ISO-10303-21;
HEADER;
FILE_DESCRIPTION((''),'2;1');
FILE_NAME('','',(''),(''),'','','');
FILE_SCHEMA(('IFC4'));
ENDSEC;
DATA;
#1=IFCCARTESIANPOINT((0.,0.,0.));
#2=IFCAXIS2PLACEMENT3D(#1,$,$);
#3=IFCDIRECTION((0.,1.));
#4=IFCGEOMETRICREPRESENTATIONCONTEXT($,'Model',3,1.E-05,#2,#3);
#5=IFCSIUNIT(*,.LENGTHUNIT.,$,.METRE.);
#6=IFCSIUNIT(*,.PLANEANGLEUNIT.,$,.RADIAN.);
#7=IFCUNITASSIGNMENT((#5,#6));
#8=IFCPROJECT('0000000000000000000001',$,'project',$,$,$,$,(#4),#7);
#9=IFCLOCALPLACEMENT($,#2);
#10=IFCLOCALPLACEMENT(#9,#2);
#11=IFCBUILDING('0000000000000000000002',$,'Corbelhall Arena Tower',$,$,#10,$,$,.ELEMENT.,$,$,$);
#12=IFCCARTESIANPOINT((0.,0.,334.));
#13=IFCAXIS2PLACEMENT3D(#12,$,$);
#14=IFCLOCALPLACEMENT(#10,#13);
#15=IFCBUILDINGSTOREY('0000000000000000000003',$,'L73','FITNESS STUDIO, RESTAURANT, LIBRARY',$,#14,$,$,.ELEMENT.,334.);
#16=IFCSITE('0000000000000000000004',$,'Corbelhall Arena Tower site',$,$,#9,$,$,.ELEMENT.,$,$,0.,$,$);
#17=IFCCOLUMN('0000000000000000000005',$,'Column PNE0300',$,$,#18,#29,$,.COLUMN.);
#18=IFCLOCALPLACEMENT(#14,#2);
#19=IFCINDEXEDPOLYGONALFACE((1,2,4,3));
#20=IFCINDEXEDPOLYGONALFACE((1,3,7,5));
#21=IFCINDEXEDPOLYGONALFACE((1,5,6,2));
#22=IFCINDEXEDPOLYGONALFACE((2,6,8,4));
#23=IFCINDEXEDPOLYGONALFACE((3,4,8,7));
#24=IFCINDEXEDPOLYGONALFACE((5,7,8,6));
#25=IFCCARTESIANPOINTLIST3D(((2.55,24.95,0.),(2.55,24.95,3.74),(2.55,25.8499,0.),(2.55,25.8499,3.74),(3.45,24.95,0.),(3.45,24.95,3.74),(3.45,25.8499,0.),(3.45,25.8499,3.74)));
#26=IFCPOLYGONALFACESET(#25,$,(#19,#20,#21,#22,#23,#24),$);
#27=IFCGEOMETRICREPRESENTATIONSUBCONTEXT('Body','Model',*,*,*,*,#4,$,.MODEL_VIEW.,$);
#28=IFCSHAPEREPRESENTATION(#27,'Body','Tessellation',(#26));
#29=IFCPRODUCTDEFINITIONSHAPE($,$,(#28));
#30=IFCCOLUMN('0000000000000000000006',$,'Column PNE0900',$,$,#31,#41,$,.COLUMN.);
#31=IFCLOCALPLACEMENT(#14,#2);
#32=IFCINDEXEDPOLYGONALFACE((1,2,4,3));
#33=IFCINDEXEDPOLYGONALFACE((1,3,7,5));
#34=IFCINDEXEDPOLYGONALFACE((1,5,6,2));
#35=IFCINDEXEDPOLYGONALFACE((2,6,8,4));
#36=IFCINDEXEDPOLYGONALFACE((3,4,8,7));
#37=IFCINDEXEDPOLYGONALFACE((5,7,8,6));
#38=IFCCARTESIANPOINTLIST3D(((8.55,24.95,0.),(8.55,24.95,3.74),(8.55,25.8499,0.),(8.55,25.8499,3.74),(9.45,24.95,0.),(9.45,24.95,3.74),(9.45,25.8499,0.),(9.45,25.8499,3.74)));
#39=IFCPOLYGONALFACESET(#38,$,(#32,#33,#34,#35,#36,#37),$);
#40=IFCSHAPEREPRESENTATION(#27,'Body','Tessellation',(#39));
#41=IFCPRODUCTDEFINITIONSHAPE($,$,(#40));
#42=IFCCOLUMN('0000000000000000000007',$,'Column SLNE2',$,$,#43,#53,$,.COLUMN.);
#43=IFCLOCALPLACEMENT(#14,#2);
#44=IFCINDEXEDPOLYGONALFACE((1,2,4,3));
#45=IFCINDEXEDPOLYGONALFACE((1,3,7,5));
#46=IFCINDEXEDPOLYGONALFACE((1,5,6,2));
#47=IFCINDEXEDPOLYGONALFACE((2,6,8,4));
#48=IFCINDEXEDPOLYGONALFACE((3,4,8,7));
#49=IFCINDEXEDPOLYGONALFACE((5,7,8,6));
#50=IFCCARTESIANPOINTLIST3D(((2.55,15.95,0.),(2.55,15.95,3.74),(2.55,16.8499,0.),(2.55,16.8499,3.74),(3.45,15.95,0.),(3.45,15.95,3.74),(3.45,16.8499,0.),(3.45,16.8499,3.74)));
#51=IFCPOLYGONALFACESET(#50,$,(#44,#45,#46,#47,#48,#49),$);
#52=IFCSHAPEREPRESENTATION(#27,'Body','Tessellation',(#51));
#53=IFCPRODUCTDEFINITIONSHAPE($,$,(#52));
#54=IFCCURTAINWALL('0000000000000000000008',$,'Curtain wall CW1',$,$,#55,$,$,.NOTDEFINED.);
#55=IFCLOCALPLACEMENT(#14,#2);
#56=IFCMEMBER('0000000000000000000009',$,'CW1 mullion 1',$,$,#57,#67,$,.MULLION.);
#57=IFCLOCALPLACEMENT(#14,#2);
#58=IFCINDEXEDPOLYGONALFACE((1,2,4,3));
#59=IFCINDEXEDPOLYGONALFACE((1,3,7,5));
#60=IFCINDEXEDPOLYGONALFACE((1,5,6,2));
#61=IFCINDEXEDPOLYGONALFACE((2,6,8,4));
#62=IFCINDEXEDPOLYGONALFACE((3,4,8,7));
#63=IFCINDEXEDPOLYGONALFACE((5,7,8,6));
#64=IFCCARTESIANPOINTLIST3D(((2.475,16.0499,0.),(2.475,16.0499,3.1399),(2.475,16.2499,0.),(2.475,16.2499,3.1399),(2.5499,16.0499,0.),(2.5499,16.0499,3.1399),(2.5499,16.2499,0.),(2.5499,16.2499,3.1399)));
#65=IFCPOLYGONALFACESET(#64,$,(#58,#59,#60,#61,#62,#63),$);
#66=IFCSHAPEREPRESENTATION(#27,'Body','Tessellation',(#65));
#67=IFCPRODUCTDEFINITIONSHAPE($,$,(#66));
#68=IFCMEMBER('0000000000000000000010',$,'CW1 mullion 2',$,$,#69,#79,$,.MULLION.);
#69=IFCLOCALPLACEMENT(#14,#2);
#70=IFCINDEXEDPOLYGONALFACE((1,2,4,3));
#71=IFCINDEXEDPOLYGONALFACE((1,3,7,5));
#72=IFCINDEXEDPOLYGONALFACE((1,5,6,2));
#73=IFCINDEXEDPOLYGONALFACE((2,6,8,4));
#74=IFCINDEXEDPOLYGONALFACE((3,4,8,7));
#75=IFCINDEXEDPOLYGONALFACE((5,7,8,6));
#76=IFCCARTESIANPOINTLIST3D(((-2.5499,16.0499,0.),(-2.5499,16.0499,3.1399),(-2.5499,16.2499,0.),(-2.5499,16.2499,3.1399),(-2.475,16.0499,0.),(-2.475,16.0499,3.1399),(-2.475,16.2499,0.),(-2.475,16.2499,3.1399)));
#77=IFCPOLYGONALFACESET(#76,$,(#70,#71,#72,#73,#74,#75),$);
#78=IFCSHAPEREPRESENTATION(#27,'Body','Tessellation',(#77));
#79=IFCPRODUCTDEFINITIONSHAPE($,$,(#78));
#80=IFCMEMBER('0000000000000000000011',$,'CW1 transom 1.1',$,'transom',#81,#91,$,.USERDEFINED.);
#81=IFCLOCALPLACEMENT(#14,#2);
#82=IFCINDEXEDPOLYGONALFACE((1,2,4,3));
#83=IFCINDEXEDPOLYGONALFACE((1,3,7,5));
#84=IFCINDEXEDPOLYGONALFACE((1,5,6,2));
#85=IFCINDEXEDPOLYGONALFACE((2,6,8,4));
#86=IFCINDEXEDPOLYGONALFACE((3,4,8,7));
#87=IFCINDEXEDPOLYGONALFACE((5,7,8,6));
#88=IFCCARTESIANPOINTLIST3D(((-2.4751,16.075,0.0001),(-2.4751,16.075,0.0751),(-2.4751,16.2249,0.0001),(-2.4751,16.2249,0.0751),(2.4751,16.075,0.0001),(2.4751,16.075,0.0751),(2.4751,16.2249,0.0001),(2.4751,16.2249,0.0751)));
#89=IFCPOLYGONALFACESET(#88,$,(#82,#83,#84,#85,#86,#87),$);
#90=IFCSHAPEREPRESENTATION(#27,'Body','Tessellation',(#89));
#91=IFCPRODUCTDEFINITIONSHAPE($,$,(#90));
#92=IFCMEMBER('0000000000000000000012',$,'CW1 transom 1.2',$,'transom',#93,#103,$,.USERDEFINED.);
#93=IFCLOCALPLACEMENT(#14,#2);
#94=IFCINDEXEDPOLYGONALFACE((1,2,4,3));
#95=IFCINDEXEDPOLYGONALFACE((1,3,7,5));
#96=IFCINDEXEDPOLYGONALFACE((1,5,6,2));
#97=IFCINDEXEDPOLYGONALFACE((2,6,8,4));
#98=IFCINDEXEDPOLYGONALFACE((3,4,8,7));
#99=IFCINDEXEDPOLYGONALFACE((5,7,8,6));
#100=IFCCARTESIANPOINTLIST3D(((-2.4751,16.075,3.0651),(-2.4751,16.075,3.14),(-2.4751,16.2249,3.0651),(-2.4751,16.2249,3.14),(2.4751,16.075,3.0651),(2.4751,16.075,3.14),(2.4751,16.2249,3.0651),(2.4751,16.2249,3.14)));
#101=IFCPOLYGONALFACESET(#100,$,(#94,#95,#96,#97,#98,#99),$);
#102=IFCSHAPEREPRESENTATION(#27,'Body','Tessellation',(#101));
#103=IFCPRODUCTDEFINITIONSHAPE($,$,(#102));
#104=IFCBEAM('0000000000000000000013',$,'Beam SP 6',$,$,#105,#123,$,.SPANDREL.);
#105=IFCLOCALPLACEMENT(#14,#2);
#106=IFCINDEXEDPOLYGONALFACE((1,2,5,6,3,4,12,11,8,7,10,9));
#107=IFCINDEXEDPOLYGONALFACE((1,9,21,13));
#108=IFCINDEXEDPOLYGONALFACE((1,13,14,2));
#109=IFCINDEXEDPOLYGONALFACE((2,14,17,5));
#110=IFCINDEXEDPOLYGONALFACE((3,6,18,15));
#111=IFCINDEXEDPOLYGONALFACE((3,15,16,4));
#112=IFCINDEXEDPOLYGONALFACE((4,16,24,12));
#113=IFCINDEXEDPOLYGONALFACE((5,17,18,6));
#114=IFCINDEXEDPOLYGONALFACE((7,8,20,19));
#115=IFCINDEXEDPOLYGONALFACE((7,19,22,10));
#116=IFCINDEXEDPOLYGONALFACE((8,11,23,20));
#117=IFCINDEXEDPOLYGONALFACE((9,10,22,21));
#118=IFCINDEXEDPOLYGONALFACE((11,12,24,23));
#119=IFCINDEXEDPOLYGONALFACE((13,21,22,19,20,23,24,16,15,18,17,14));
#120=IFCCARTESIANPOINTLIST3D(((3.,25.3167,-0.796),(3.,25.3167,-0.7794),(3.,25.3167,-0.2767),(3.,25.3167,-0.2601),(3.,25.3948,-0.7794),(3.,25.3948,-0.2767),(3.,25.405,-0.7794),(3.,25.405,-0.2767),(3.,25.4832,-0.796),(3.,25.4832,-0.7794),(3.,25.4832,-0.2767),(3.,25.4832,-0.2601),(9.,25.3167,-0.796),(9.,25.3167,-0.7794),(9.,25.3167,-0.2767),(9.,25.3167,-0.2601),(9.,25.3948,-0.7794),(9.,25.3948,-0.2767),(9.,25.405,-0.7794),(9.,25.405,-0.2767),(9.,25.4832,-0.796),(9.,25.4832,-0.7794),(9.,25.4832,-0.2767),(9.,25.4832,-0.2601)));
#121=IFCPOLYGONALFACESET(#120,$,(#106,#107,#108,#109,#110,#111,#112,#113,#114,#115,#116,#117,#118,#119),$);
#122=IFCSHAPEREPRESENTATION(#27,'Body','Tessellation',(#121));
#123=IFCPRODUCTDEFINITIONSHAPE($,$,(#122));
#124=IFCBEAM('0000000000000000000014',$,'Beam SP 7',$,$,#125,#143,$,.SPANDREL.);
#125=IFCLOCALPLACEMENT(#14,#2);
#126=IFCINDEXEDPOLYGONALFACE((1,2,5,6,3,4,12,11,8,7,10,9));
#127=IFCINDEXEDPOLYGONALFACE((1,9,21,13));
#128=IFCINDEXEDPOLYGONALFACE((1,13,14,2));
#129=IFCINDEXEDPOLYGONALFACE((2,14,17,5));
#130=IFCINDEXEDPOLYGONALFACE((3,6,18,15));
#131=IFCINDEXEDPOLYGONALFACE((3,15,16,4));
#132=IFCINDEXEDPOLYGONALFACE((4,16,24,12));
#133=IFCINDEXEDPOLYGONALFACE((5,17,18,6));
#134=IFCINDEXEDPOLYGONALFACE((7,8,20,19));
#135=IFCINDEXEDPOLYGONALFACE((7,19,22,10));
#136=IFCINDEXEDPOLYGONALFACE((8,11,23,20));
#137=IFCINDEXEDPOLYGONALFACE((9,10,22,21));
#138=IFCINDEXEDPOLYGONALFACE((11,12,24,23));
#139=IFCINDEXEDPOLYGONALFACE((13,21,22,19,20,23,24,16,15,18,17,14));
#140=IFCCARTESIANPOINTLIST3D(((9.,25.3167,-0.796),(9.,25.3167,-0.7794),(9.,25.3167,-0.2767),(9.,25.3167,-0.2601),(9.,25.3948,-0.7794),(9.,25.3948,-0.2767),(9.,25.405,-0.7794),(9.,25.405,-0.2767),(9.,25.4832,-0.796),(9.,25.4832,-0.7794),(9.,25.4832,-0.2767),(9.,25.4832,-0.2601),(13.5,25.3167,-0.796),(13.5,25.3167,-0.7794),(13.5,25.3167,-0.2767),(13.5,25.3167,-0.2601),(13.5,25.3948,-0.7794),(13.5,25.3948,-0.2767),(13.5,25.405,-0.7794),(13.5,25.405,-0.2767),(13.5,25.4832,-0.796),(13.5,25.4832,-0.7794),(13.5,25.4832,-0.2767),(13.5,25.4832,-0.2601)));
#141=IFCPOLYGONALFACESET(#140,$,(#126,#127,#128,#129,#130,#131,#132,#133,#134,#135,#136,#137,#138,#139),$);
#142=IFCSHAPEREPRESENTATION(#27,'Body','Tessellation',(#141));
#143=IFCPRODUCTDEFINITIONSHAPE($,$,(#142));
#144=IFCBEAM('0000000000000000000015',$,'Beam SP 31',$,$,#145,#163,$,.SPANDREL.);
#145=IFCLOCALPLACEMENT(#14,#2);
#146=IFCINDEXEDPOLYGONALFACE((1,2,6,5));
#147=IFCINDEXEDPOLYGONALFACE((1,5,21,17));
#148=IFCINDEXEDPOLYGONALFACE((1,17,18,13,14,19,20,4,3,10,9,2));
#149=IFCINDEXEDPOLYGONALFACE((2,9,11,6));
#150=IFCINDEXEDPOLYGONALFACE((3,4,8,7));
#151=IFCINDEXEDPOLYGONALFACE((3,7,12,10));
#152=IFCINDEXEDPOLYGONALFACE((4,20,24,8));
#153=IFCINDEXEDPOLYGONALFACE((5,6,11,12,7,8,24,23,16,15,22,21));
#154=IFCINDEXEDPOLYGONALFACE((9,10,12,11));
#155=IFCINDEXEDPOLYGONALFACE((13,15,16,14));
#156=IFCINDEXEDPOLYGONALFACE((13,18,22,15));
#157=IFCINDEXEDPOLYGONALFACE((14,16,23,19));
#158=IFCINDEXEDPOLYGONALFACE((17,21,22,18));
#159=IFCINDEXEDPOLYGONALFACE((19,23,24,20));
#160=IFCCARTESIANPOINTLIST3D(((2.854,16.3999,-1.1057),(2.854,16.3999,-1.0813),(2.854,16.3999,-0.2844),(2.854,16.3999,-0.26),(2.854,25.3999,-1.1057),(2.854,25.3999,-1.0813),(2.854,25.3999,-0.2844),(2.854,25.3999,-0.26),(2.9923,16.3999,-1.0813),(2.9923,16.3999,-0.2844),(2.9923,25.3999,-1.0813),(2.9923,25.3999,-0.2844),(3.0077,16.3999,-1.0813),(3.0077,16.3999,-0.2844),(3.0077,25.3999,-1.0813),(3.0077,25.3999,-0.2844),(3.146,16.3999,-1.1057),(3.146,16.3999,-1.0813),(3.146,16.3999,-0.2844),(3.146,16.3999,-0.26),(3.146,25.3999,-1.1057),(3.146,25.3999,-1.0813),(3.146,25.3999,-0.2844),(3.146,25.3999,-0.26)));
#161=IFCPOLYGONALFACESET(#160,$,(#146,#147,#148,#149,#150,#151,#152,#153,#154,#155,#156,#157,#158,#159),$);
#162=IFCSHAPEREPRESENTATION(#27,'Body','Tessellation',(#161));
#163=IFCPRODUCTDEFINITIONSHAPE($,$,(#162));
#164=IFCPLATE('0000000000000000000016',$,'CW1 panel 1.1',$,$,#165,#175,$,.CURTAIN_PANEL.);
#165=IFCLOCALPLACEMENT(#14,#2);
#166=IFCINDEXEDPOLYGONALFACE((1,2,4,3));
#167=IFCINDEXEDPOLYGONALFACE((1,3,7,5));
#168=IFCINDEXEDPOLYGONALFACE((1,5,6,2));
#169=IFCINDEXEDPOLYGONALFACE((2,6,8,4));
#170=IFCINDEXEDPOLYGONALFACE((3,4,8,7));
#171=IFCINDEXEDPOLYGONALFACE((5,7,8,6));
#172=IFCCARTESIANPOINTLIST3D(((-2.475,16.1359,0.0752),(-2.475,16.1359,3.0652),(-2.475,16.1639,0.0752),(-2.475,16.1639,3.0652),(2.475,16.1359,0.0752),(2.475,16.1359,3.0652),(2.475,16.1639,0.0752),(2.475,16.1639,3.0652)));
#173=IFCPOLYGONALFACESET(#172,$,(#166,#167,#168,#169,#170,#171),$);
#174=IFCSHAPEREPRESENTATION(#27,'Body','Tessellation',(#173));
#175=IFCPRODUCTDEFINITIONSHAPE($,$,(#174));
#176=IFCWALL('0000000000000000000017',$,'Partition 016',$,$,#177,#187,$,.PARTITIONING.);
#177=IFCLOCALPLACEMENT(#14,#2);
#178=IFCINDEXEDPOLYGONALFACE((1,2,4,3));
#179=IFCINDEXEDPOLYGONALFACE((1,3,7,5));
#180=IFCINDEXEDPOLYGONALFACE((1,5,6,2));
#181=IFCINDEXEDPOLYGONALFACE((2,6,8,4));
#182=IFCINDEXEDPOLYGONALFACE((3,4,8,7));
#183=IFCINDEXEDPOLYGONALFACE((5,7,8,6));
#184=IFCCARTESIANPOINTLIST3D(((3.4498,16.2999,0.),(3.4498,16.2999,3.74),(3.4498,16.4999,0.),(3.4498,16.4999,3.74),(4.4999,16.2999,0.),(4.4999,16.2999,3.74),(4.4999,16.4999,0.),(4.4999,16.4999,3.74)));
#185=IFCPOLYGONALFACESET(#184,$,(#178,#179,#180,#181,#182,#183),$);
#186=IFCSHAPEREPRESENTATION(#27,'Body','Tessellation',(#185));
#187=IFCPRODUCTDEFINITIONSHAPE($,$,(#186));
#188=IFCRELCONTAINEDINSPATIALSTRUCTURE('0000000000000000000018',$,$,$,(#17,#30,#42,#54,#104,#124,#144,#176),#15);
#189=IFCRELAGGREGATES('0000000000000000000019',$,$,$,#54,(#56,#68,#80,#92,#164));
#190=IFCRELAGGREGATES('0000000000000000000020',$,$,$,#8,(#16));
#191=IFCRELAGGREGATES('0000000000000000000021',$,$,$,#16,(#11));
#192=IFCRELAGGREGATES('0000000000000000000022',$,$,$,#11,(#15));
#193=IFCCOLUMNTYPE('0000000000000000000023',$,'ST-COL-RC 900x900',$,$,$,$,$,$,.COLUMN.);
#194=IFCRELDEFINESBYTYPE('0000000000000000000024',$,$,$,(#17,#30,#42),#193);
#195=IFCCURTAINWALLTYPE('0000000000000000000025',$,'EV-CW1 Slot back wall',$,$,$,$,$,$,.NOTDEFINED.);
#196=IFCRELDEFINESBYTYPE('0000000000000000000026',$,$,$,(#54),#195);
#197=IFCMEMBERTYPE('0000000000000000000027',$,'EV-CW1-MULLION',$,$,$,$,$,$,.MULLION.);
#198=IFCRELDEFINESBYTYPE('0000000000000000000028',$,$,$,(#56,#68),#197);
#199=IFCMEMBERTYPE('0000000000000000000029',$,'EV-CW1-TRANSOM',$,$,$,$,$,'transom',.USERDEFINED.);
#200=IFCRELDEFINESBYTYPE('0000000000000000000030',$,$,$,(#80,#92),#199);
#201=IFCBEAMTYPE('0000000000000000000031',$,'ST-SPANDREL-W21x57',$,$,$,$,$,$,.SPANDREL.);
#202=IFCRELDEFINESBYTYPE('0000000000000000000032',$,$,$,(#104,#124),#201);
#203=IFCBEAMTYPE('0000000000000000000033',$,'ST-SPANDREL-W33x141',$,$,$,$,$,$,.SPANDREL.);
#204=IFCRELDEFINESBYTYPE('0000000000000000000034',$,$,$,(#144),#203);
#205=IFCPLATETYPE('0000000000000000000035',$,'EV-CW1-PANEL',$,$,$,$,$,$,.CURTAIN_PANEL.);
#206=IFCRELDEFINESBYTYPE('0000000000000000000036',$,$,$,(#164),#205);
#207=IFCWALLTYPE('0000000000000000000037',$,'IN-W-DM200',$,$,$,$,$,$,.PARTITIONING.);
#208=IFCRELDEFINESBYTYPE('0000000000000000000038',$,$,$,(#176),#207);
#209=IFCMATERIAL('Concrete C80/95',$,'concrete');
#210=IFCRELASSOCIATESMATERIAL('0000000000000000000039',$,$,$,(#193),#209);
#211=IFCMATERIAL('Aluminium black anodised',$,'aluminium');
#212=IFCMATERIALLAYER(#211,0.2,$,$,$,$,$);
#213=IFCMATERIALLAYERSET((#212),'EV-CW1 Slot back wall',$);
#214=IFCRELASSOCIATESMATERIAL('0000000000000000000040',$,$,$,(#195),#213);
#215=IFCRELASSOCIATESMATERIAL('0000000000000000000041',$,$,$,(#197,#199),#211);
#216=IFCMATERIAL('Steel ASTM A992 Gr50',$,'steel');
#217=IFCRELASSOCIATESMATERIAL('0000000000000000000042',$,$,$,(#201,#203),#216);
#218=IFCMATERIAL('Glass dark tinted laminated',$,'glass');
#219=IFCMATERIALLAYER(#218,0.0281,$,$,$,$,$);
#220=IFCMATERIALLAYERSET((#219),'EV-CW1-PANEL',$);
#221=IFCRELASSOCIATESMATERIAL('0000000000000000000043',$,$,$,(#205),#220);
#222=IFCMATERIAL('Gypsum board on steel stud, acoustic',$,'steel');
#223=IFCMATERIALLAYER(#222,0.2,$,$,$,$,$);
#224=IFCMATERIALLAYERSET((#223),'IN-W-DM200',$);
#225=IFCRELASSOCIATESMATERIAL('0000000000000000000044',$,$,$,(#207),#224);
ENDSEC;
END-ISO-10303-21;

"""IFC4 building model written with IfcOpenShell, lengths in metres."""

from ifc_helpers import new_model, si_unit, direction, frame, frame_2d, origin, origin_2d, place, context, subcontext, project, spatial, rectangle, i_section, extrude, material, layer, layer_set, material_profile, profile_set, type_object, element, aggregate, save


model = new_model("IFC4")

# Units and contexts
model_context = context("Model", 3, precision=1e-05, world=origin(), true_north=direction((0.0, 1.0)))
body_context = subcontext(model_context, "Body", "Model", "MODEL_VIEW")
ifc_project = project(units=[si_unit("LENGTHUNIT", "METRE"), si_unit("PLANEANGLEUNIT", "RADIAN")], contexts=[model_context])

# Site, building, storey
site_placement = place(None, origin())
site = spatial("IfcSite", under=ifc_project, at=site_placement, Name="Corbelhall Arena Tower site", CompositionType="ELEMENT", RefElevation=0.0)
building_placement = place(site_placement, origin())
building = spatial("IfcBuilding", under=site, at=building_placement, Name="Corbelhall Arena Tower", CompositionType="ELEMENT")
storey_placement = place(building_placement, frame((0.0, 0.0, 334.0)))
storey = spatial("IfcBuildingStorey", under=building, at=storey_placement, Name="L73", Description="FITNESS STUDIO, RESTAURANT, LIBRARY", CompositionType="ELEMENT", Elevation=334.0)

# Columns
ifc_material_1 = material(Name="Concrete C80/95", Category="concrete")
ifc_material_profile_1 = material_profile(ifc_material_1, rectangle(XDim=0.8999, YDim=0.8999, at=origin_2d()))
ifc_profile_set_1 = profile_set([ifc_material_profile_1], Name="Concrete C80/95")
column_type = type_object("IfcColumnType", Name="ST-COL-RC 900x900", PredefinedType="COLUMN", material=ifc_profile_set_1)
for number, where, z_axis, x_axis, name in (
    (1, (3.0, 25.3999, 0.0), (0.0, 0.0, 1.0), (1.0, 0.0, 0.0), "Column PNE0300"),
    (2, (9.0, 25.3999, 0.0), (0.0, 0.0, 1.0), (1.0, 0.0, 0.0), "Column PNE0900"),
    (3, (3.0, 16.3999, 0.0), (0.0, 0.0, 1.0), (1.0, 0.0, 0.0), "Column SLNE2"),
):
    element("IfcColumn", number, at=place(storey_placement, frame(where, z_axis=z_axis, x_axis=x_axis)), inside=storey, type_object=column_type, Name=name, PredefinedType="COLUMN", context=body_context, shape_type="SweptSolid", body=[
        extrude(rectangle(XDim=0.8999, YDim=0.8999, at=origin_2d()), origin(), (0.0, 0.0, 1.0), 3.74),
    ])

# Curtain wall, members
ifc_material_2 = material(Name="Aluminium black anodised", Category="aluminium")
ifc_layer_1 = layer(ifc_material_2, 0.2)
ifc_layer_set_1 = layer_set([ifc_layer_1], Name="EV-CW1 Slot back wall")
curtain_wall_type = type_object("IfcCurtainWallType", Name="EV-CW1 Slot back wall", PredefinedType="NOTDEFINED", material=ifc_layer_set_1)
curtain_wall_placement = place(storey_placement, origin())
curtain_wall = element("IfcCurtainWall", 4, at=curtain_wall_placement, inside=storey, type_object=curtain_wall_type, Name="Curtain wall CW1", PredefinedType="NOTDEFINED")
ifc_material_profile_2 = material_profile(ifc_material_2, rectangle(XDim=0.2, YDim=0.075, at=origin_2d()))
ifc_profile_set_2 = profile_set([ifc_material_profile_2], Name="Aluminium black anodised")
member_type_1 = type_object("IfcMemberType", Name="EV-CW1-MULLION", PredefinedType="MULLION", material=ifc_profile_set_2)
member_1_placement = place(storey_placement, frame((2.5125, 16.1499, 0.0), z_axis=(0.0, 0.0, 1.0), x_axis=(0.0, -1.0, 0.0)))
member_1 = element("IfcMember", 5, at=member_1_placement, type_object=member_type_1, Name="CW1 mullion 1", PredefinedType="MULLION", context=body_context, shape_type="SweptSolid", body=[
    extrude(rectangle(XDim=0.2, YDim=0.075, at=origin_2d()), origin(), (0.0, 0.0, 1.0), 3.1399),
])
member_2_placement = place(storey_placement, frame((-2.5125, 16.1499, 0.0), z_axis=(0.0, 0.0, 1.0), x_axis=(0.0, -1.0, 0.0)))
member_2 = element("IfcMember", 6, at=member_2_placement, type_object=member_type_1, Name="CW1 mullion 2", PredefinedType="MULLION", context=body_context, shape_type="SweptSolid", body=[
    extrude(rectangle(XDim=0.2, YDim=0.075, at=origin_2d()), origin(), (0.0, 0.0, 1.0), 3.1399),
])
ifc_material_profile_3 = material_profile(ifc_material_2, rectangle(XDim=0.1499, YDim=0.075, at=origin_2d()))
ifc_profile_set_3 = profile_set([ifc_material_profile_3], Name="Aluminium black anodised")
member_type_2 = type_object("IfcMemberType", Name="EV-CW1-TRANSOM", ElementType="transom", PredefinedType="USERDEFINED", material=ifc_profile_set_3)
member_3_placement = place(storey_placement, frame((2.4751, 16.1499, 0.0376), z_axis=(-1.0, 0.0, 0.0), x_axis=(0.0, -1.0, 0.0)))
member_3 = element("IfcMember", 7, at=member_3_placement, type_object=member_type_2, Name="CW1 transom 1.1", ObjectType="transom", PredefinedType="USERDEFINED", context=body_context, shape_type="SweptSolid", body=[
    extrude(rectangle(XDim=0.1499, YDim=0.075, at=origin_2d()), origin(), (0.0, 0.0, 1.0), 4.9502),
])
member_4_placement = place(storey_placement, frame((2.4751, 16.1499, 3.1025), z_axis=(-1.0, 0.0, 0.0), x_axis=(0.0, -1.0, 0.0)))
member_4 = element("IfcMember", 8, at=member_4_placement, type_object=member_type_2, Name="CW1 transom 1.2", ObjectType="transom", PredefinedType="USERDEFINED", context=body_context, shape_type="SweptSolid", body=[
    extrude(rectangle(XDim=0.1499, YDim=0.075, at=origin_2d()), origin(), (0.0, 0.0, 1.0), 4.9502),
])

# Beams
ifc_material_3 = material(Name="Steel ASTM A992 Gr50", Category="steel")
ifc_material_profile_4 = material_profile(ifc_material_3, i_section(OverallWidth=0.1665, OverallDepth=0.5359, WebThickness=0.0103, FlangeThickness=0.0166, at=origin_2d()))
ifc_profile_set_4 = profile_set([ifc_material_profile_4], Name="Steel ASTM A992 Gr50")
beam_type_1 = type_object("IfcBeamType", Name="ST-SPANDREL-W21x57", PredefinedType="SPANDREL", material=ifc_profile_set_4)
beam_1_placement = place(storey_placement, frame((3.0, 25.3999, -0.5281), z_axis=(1.0, 0.0, 0.0), x_axis=(0.0, 1.0, 0.0)))
element("IfcBeam", 9, at=beam_1_placement, inside=storey, type_object=beam_type_1, Name="Beam SP 6", PredefinedType="SPANDREL", context=body_context, shape_type="SweptSolid", body=[
    extrude(i_section(OverallWidth=0.1665, OverallDepth=0.5359, WebThickness=0.0103, FlangeThickness=0.0166, at=origin_2d()), origin(), (0.0, 0.0, 1.0), 6.0),
])
beam_2_placement = place(storey_placement, frame((9.0, 25.3999, -0.5281), z_axis=(1.0, 0.0, 0.0), x_axis=(0.0, 1.0, 0.0)))
element("IfcBeam", 10, at=beam_2_placement, inside=storey, type_object=beam_type_1, Name="Beam SP 7", PredefinedType="SPANDREL", context=body_context, shape_type="SweptSolid", body=[
    extrude(i_section(OverallWidth=0.1665, OverallDepth=0.5359, WebThickness=0.0103, FlangeThickness=0.0166, at=origin_2d()), origin(), (0.0, 0.0, 1.0), 4.5),
])
ifc_material_profile_5 = material_profile(ifc_material_3, i_section(OverallWidth=0.292, OverallDepth=0.8457, WebThickness=0.0154, FlangeThickness=0.0244, at=origin_2d()))
ifc_profile_set_5 = profile_set([ifc_material_profile_5], Name="Steel ASTM A992 Gr50")
beam_type_2 = type_object("IfcBeamType", Name="ST-SPANDREL-W33x141", PredefinedType="SPANDREL", material=ifc_profile_set_5)
beam_3_placement = place(storey_placement, frame((3.0, 16.3999, -0.6829), z_axis=(0.0, 1.0, 0.0), x_axis=(-1.0, 0.0, 0.0)))
element("IfcBeam", 11, at=beam_3_placement, inside=storey, type_object=beam_type_2, Name="Beam SP 31", PredefinedType="SPANDREL", context=body_context, shape_type="SweptSolid", body=[
    extrude(i_section(OverallWidth=0.292, OverallDepth=0.8457, WebThickness=0.0154, FlangeThickness=0.0244, at=origin_2d()), origin(), (0.0, 0.0, 1.0), 9.0),
])

# Plate
ifc_material_4 = material(Name="Glass dark tinted laminated", Category="glass")
ifc_layer_2 = layer(ifc_material_4, 0.0281)
ifc_layer_set_2 = layer_set([ifc_layer_2], Name="EV-CW1-PANEL")
plate_type = type_object("IfcPlateType", Name="EV-CW1-PANEL", PredefinedType="CURTAIN_PANEL", material=ifc_layer_set_2)
plate_placement = place(storey_placement, frame((0.0, 16.1499, 0.0752), z_axis=(0.0, 0.0, 1.0), x_axis=(-1.0, 0.0, 0.0)))
plate = element("IfcPlate", 12, at=plate_placement, type_object=plate_type, Name="CW1 panel 1.1", PredefinedType="CURTAIN_PANEL", context=body_context, shape_type="SweptSolid", body=[
    extrude(rectangle(XDim=4.95, YDim=0.0281, at=origin_2d()), origin(), (0.0, 0.0, 1.0), 2.99),
])
aggregate(curtain_wall, [member_1, member_2, member_3, member_4, plate])

# Wall
ifc_material_5 = material(Name="Gypsum board on steel stud, acoustic", Category="steel")
ifc_layer_3 = layer(ifc_material_5, 0.2)
ifc_layer_set_3 = layer_set([ifc_layer_3], Name="IN-W-DM200")
wall_type_1 = type_object("IfcWallType", Name="IN-W-DM200", PredefinedType="PARTITIONING", material=ifc_layer_set_3)
wall_1_placement = place(storey_placement, frame((3.45, 16.3999, 0.0), z_axis=(0.0, 0.0, 1.0), x_axis=(1.0, 0.0, 0.0)))
element("IfcWall", 13, at=wall_1_placement, inside=storey, type_object=wall_type_1, Name="Partition 016", PredefinedType="PARTITIONING", context=body_context, shape_type="SweptSolid", body=[
    extrude(rectangle(XDim=1.05, YDim=0.2, at=frame_2d((0.5249, 0.0))), origin(), (0.0, 0.0, 1.0), 3.74),
])

save(model, "model.ifc")
